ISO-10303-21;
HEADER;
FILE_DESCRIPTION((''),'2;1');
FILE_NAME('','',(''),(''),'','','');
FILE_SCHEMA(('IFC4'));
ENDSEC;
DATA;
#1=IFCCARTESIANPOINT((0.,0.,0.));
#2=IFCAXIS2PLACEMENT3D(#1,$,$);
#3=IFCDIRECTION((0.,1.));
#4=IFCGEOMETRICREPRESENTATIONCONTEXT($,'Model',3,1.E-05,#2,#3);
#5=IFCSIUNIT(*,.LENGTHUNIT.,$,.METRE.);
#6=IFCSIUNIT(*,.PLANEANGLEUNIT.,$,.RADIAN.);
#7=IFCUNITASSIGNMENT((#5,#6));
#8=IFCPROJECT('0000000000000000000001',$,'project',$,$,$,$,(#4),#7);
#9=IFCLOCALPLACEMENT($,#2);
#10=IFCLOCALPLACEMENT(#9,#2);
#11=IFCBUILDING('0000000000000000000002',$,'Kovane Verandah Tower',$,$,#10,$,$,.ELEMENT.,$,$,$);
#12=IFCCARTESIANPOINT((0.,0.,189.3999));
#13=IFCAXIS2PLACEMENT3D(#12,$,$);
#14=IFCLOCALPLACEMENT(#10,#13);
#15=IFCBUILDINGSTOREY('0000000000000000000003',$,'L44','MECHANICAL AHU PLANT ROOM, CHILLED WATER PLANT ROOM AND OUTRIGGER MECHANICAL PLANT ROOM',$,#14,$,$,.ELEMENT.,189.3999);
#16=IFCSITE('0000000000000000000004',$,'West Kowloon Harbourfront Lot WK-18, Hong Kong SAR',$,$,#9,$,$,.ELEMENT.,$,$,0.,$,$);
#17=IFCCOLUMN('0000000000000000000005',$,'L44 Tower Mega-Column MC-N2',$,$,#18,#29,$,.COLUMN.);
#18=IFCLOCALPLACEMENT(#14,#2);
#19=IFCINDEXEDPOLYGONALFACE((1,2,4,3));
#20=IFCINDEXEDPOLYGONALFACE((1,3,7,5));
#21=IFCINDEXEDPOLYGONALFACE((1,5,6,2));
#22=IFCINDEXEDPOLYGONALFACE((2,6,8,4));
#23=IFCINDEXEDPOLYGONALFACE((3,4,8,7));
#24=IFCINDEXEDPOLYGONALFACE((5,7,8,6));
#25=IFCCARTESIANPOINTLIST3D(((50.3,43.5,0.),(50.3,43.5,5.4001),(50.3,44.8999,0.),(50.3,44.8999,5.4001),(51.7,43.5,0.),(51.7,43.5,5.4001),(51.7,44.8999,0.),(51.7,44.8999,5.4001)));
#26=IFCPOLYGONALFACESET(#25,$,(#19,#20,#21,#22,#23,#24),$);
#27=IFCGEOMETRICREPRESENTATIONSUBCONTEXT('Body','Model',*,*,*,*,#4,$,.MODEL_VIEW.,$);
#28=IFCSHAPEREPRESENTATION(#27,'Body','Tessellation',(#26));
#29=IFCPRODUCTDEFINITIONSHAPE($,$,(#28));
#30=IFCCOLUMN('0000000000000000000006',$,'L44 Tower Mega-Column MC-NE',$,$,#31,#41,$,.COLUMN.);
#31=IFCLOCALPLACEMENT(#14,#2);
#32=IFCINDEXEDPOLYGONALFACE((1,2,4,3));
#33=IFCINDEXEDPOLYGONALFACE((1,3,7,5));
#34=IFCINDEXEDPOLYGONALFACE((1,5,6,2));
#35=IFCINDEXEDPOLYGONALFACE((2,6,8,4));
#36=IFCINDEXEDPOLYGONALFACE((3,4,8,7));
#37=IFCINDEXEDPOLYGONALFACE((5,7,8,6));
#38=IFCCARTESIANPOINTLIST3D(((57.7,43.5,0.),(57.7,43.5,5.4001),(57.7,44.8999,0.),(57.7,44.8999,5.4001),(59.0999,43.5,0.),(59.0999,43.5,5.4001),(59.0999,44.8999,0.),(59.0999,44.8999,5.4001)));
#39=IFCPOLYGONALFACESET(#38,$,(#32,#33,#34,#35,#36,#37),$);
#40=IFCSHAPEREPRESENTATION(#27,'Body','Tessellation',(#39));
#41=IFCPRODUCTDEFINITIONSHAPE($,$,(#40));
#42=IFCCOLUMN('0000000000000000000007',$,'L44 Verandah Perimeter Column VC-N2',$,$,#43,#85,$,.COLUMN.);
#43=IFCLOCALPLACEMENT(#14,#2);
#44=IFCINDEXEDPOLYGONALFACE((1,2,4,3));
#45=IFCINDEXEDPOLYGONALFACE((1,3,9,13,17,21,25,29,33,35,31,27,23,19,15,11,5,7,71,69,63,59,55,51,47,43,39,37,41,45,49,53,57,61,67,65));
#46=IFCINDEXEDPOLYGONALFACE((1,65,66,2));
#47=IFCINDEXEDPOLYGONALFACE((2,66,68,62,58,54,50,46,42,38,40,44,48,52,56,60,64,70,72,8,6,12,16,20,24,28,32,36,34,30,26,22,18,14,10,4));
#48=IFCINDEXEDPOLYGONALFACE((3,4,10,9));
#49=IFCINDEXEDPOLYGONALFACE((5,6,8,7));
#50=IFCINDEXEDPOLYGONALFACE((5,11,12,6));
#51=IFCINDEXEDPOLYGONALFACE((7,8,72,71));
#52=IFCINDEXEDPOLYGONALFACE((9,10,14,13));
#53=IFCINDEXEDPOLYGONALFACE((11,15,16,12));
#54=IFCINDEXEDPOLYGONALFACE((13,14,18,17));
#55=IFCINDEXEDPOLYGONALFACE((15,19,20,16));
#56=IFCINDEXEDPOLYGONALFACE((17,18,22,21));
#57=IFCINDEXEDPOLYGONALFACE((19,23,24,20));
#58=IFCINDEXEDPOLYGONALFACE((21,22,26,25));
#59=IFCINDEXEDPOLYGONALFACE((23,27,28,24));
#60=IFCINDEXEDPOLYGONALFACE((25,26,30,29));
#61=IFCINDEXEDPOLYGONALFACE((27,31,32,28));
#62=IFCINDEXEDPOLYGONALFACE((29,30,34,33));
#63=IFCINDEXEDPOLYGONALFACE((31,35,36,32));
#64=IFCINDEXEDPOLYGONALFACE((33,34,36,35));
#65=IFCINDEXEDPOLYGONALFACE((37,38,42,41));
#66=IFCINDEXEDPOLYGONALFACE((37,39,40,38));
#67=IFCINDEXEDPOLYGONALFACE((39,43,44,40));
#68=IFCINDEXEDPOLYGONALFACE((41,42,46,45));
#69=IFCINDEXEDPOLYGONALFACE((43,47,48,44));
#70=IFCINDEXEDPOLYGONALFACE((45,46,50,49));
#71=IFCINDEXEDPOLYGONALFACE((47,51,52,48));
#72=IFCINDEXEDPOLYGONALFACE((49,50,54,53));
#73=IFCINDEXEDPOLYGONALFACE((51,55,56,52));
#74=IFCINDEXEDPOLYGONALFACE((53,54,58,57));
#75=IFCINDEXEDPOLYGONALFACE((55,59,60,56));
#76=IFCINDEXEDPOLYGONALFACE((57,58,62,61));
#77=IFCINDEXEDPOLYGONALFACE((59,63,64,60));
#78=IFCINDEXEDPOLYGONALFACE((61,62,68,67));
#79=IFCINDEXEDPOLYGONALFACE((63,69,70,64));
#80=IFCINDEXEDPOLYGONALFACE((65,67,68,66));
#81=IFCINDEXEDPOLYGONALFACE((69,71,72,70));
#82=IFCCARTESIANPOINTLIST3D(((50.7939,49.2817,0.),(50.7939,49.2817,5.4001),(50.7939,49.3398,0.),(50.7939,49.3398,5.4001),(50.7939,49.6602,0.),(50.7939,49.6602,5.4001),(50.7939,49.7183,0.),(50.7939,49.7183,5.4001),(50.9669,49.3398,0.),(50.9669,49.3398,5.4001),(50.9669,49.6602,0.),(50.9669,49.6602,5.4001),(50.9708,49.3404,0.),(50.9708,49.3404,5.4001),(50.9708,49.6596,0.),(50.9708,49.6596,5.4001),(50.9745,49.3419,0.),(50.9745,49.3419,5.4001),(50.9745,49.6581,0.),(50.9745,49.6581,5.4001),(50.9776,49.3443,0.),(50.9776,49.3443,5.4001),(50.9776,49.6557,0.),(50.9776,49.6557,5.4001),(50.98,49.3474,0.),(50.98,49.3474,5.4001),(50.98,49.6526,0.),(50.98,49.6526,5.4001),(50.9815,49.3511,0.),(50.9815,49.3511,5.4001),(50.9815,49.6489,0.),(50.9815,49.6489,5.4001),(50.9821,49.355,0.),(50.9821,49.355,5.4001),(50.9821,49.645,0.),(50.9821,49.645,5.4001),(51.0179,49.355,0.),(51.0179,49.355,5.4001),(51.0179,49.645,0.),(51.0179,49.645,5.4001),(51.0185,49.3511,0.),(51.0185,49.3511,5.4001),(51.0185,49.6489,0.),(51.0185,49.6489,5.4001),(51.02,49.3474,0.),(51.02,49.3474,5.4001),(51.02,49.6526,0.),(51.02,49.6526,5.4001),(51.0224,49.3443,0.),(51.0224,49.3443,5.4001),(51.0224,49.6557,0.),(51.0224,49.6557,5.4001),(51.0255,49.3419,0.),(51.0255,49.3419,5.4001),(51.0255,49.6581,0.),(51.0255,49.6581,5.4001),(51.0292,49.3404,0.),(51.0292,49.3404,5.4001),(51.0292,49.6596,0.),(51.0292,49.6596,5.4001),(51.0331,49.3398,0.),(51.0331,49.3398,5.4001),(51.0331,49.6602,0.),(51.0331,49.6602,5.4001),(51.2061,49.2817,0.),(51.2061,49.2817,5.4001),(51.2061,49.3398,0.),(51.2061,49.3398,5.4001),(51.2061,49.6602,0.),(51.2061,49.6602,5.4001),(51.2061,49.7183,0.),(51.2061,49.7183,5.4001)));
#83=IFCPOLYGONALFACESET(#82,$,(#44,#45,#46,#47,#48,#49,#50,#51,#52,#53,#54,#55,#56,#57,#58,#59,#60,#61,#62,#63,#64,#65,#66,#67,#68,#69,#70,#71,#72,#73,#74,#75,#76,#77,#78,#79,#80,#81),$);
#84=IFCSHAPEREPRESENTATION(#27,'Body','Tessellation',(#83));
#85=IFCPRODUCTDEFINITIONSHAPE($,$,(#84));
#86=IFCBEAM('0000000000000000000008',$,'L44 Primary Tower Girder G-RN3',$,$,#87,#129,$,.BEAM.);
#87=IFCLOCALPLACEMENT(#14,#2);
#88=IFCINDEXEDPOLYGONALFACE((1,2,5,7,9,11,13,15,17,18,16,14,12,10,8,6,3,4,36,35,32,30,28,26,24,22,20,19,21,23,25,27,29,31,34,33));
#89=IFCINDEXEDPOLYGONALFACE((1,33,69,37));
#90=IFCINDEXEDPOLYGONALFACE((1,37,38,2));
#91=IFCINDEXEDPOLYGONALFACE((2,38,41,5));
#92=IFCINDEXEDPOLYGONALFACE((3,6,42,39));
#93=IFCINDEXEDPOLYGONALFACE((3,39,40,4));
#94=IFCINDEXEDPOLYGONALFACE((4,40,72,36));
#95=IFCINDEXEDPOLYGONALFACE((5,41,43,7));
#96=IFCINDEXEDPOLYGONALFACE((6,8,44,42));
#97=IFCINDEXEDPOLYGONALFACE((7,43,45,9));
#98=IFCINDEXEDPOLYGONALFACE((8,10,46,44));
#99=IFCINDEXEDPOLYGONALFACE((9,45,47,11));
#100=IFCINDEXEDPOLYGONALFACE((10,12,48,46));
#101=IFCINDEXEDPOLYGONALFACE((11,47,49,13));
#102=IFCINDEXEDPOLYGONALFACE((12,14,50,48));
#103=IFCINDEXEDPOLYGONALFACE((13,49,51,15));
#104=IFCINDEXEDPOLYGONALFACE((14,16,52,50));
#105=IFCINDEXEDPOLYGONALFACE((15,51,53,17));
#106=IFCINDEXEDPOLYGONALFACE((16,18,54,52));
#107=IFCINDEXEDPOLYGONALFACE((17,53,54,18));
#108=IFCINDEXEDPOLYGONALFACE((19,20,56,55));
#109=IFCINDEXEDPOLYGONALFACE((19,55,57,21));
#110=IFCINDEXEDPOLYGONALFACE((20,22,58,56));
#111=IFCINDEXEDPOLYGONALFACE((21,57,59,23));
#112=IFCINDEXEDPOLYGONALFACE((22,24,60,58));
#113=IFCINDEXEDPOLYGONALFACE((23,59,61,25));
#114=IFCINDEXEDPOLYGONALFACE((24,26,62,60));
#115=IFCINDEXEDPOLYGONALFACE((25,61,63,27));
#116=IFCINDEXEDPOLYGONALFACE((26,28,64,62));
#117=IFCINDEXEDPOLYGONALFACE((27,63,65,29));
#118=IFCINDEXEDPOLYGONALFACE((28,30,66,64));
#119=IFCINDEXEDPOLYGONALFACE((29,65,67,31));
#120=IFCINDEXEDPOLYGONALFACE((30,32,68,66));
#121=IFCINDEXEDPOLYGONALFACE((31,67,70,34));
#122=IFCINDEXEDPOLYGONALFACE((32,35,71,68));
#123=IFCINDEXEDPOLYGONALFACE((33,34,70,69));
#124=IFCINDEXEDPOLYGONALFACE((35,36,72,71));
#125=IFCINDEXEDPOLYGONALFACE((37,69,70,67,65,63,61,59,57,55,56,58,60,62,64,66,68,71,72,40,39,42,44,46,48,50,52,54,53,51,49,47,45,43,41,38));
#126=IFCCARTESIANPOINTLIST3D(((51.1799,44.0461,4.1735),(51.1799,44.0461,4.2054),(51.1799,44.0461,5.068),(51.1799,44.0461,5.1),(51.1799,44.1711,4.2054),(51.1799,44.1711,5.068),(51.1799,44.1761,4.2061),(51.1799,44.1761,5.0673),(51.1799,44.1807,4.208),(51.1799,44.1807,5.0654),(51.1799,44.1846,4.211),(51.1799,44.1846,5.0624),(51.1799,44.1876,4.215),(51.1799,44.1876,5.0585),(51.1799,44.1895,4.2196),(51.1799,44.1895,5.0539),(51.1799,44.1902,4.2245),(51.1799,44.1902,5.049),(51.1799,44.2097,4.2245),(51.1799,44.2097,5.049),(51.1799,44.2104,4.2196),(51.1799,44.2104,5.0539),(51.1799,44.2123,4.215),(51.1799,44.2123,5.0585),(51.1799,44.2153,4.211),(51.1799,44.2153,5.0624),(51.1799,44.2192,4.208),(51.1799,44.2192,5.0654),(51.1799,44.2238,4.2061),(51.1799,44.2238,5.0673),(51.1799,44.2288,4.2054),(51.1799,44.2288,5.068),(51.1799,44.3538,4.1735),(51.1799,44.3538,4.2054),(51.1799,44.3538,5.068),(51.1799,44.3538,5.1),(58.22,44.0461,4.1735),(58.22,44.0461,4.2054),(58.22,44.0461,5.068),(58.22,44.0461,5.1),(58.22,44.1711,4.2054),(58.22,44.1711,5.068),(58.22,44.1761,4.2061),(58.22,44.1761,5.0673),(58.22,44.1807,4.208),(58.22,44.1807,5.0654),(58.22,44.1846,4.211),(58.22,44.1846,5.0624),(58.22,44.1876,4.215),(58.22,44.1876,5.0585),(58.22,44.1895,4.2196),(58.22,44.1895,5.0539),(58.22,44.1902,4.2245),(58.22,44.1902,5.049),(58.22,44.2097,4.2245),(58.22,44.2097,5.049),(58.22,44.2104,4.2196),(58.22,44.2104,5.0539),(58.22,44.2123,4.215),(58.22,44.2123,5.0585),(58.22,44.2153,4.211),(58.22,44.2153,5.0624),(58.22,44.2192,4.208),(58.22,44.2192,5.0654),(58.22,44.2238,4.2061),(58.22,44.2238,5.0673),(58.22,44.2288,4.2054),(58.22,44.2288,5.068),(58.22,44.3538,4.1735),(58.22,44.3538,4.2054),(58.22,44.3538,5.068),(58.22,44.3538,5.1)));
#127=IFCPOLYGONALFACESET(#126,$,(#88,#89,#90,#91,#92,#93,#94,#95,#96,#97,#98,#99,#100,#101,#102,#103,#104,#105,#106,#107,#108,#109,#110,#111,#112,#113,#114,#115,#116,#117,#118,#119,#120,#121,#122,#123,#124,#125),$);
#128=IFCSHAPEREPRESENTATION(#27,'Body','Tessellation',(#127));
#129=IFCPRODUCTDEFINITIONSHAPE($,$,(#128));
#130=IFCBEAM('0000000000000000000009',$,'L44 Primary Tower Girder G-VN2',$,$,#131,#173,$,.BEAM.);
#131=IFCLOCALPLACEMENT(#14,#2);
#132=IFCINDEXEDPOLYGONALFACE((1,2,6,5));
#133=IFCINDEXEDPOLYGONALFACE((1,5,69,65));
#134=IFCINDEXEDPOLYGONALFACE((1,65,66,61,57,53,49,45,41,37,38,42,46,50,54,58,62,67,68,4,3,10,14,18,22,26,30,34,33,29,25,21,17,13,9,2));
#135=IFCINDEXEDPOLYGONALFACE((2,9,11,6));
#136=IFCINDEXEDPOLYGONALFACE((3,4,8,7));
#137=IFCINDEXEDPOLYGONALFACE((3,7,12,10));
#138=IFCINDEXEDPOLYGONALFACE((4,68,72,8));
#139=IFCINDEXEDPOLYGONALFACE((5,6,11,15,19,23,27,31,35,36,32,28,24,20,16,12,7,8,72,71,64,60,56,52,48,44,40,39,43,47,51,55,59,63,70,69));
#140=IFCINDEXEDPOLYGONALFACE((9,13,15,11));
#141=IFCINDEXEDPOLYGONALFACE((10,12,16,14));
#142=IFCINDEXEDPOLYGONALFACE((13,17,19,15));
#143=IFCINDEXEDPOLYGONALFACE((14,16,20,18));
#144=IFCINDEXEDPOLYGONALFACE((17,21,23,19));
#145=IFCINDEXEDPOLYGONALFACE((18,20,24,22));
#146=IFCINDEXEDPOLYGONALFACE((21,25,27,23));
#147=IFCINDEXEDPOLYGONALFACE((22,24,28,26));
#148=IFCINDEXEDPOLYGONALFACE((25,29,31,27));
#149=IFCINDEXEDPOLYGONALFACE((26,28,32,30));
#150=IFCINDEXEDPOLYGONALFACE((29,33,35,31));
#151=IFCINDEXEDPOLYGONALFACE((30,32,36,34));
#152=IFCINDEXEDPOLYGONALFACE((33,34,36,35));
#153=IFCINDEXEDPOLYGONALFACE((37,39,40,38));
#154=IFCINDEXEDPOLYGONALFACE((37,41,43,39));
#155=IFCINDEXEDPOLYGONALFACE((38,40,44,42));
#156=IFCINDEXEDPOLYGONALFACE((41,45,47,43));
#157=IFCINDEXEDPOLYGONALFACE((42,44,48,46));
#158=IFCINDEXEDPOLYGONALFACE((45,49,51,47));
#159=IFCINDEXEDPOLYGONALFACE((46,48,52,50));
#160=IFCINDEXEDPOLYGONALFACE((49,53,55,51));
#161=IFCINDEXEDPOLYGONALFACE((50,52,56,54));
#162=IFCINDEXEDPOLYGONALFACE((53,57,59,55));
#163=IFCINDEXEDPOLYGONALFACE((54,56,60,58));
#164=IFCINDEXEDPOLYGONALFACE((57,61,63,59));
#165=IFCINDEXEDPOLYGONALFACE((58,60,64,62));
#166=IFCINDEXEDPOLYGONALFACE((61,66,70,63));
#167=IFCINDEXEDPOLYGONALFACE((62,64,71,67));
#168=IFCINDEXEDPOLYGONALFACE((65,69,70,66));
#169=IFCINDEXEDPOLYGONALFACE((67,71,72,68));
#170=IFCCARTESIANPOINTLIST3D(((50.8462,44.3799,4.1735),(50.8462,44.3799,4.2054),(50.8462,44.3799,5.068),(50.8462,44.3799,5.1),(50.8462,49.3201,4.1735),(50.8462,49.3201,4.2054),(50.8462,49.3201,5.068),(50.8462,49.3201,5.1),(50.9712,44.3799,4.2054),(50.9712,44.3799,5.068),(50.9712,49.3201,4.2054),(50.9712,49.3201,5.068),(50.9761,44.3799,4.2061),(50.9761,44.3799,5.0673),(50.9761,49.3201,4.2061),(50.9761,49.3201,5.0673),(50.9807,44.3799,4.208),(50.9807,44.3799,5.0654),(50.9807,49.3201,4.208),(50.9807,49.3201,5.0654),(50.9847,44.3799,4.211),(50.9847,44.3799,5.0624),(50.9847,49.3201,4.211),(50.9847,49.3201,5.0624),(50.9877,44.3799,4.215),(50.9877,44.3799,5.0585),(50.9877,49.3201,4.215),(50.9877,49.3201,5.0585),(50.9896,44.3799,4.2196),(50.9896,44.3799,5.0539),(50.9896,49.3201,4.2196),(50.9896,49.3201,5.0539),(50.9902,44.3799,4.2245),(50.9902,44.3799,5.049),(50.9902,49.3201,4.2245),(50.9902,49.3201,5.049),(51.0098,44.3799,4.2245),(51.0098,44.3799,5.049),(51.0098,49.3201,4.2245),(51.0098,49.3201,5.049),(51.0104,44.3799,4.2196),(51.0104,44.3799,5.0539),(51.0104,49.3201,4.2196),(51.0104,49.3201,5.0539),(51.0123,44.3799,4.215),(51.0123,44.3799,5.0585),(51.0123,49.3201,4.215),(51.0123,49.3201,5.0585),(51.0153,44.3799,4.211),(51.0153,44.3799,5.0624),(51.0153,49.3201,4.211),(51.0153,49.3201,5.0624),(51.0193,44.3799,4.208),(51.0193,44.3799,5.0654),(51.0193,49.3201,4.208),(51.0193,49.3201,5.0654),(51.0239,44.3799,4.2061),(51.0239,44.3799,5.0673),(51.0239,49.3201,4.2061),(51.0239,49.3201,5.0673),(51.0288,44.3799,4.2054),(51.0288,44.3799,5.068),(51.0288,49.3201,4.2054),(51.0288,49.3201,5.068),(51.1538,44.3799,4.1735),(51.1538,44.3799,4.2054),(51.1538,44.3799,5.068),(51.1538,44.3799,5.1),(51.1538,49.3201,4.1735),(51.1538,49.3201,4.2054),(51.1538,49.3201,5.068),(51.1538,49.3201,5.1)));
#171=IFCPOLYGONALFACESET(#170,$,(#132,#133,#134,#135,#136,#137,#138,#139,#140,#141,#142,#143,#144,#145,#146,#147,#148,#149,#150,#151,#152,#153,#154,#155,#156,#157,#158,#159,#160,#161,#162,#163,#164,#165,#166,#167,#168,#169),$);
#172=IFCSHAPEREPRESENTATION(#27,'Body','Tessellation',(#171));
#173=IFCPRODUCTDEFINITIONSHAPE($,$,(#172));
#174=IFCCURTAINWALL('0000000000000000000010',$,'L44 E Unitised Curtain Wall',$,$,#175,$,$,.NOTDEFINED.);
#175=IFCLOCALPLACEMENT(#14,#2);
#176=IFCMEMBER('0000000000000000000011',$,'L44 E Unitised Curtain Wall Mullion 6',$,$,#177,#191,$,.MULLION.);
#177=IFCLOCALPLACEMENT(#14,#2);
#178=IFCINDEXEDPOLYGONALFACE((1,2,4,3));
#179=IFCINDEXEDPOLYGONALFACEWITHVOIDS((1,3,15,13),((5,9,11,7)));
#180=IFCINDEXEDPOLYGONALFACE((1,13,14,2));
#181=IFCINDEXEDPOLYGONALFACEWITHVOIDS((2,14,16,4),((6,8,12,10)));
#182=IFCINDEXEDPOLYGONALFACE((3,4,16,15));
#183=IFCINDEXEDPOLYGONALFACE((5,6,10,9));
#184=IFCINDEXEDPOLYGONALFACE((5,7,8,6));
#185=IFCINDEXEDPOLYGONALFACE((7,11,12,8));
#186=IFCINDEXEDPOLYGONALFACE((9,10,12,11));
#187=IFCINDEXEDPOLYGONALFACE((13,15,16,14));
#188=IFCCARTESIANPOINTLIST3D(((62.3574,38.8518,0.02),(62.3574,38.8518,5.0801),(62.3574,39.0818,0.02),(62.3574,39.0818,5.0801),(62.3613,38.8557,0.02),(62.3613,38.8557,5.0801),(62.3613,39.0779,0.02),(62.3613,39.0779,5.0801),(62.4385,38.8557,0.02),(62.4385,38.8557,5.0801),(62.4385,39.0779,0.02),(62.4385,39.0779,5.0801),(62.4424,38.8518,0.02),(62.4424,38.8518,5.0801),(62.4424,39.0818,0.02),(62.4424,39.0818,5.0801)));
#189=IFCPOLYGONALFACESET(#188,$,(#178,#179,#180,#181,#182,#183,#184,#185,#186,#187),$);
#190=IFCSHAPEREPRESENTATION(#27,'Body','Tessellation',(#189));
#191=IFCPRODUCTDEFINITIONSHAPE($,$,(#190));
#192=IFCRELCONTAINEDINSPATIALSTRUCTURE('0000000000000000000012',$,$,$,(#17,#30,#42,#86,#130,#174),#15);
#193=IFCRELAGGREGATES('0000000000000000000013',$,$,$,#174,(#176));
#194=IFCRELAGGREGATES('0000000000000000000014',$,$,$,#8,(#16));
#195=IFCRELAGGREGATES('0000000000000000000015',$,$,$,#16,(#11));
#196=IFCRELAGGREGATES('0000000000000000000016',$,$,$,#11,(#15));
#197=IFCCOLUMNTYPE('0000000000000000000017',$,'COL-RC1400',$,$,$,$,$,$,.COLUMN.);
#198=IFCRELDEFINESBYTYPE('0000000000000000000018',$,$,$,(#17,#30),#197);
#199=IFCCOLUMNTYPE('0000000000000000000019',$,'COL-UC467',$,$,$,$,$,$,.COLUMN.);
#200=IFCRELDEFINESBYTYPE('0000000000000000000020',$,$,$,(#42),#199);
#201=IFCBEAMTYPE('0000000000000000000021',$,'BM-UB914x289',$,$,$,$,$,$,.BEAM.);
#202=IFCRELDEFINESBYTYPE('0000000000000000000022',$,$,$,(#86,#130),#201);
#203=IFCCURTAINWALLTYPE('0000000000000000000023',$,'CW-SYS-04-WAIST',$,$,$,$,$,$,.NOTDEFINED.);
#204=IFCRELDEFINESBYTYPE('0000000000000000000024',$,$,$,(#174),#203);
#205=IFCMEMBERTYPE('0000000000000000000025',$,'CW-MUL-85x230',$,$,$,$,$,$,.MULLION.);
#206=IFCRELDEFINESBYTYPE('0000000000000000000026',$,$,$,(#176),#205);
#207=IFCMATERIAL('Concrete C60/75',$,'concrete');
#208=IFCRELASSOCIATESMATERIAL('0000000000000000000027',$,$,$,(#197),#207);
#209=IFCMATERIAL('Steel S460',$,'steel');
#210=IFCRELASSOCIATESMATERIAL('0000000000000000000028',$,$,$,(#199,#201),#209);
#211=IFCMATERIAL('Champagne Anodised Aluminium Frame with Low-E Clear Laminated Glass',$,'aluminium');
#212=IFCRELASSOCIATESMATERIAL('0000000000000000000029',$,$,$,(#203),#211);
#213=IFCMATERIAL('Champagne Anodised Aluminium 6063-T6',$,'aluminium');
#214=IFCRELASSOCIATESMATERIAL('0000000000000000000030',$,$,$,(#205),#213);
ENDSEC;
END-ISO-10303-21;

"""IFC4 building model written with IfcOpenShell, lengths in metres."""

from ifc_helpers import new_model, si_unit, direction, frame, origin, origin_2d, place, context, subcontext, project, spatial, rectangle, hollow_rectangle, i_section, extrude, material, material_profile, profile_set, type_object, element, aggregate, save


model = new_model("IFC4")

# Units and contexts
model_context = context("Model", 3, precision=1e-05, world=origin(), true_north=direction((0.0, 1.0)))
body_context = subcontext(model_context, "Body", "Model", "MODEL_VIEW")
ifc_project = project(units=[si_unit("LENGTHUNIT", "METRE"), si_unit("PLANEANGLEUNIT", "RADIAN")], contexts=[model_context])

# Site, building, storey
site_placement = place(None, origin())
site = spatial("IfcSite", under=ifc_project, at=site_placement, Name="West Kowloon Harbourfront Lot WK-18, Hong Kong SAR", CompositionType="ELEMENT", RefElevation=0.0)
building_placement = place(site_placement, origin())
building = spatial("IfcBuilding", under=site, at=building_placement, Name="Kovane Verandah Tower", CompositionType="ELEMENT")
storey_placement = place(building_placement, frame((0.0, 0.0, 189.3999)))
storey = spatial("IfcBuildingStorey", under=building, at=storey_placement, Name="L44", Description="MECHANICAL AHU PLANT ROOM, CHILLED WATER PLANT ROOM AND OUTRIGGER MECHANICAL PLANT ROOM", CompositionType="ELEMENT", Elevation=189.3999)

# Columns
ifc_material_1 = material(Name="Concrete C60/75", Category="concrete")
ifc_material_profile_1 = material_profile(ifc_material_1, rectangle(XDim=1.3999, YDim=1.3999, at=origin_2d()), Name="RC1400x1400")
ifc_profile_set_1 = profile_set([ifc_material_profile_1], Name="Concrete C60/75")
column_type_1 = type_object("IfcColumnType", Name="COL-RC1400", PredefinedType="COLUMN", material=ifc_profile_set_1)
for number, where, z_axis, x_axis, name in (
    (1, (51.0, 44.2, 0.0), (0.0, 0.0, 1.0), (1.0, 0.0, 0.0), "L44 Tower Mega-Column MC-N2"),
    (2, (58.3999, 44.2, 0.0), (0.0, 0.0, 1.0), (1.0, 0.0, 0.0), "L44 Tower Mega-Column MC-NE"),
):
    element("IfcColumn", number, at=place(storey_placement, frame(where, z_axis=z_axis, x_axis=x_axis)), inside=storey, type_object=column_type_1, Name=name, PredefinedType="COLUMN", context=body_context, shape_type="SweptSolid", body=[
        extrude(rectangle(XDim=1.3999, YDim=1.3999, at=origin_2d()), origin(), (0.0, 0.0, 1.0), 5.4001),
    ])
ifc_material_2 = material(Name="Steel S460", Category="steel")
ifc_material_profile_2 = material_profile(ifc_material_2, i_section(OverallWidth=0.4121, OverallDepth=0.4365, WebThickness=0.0359, FlangeThickness=0.0581, FilletRadius=0.0151, at=origin_2d()), Name="UC356x406x467")
ifc_profile_set_2 = profile_set([ifc_material_profile_2], Name="Steel S460")
column_type_2 = type_object("IfcColumnType", Name="COL-UC467", PredefinedType="COLUMN", material=ifc_profile_set_2)
column_placement = place(storey_placement, frame((51.0, 49.5, 0.0), z_axis=(0.0, 0.0, 1.0), x_axis=(1.0, 0.0, 0.0)))
element("IfcColumn", 3, at=column_placement, inside=storey, type_object=column_type_2, Name="L44 Verandah Perimeter Column VC-N2", PredefinedType="COLUMN", context=body_context, shape_type="SweptSolid", body=[
    extrude(i_section(OverallWidth=0.4121, OverallDepth=0.4365, WebThickness=0.0359, FlangeThickness=0.0581, FilletRadius=0.0151, at=origin_2d()), origin(), (0.0, 0.0, 1.0), 5.4001),
])

# Beams
ifc_material_profile_3 = material_profile(ifc_material_2, i_section(OverallWidth=0.3076, OverallDepth=0.9265, WebThickness=0.0195, FlangeThickness=0.032, FilletRadius=0.019, at=origin_2d()), Name="UB914x305x289")
ifc_profile_set_3 = profile_set([ifc_material_profile_3], Name="Steel S460")
beam_type = type_object("IfcBeamType", Name="BM-UB914x289", PredefinedType="BEAM", material=ifc_profile_set_3)
beam_1_placement = place(storey_placement, frame((51.1799, 44.2, 4.6367), z_axis=(1.0, 0.0, 0.0), x_axis=(0.0, 1.0, 0.0)))
element("IfcBeam", 4, at=beam_1_placement, inside=storey, type_object=beam_type, Name="L44 Primary Tower Girder G-RN3", PredefinedType="BEAM", context=body_context, shape_type="SweptSolid", body=[
    extrude(i_section(OverallWidth=0.3076, OverallDepth=0.9265, WebThickness=0.0195, FlangeThickness=0.032, FilletRadius=0.019, at=origin_2d()), origin(), (0.0, 0.0, 1.0), 7.04),
])
beam_2_placement = place(storey_placement, frame((51.0, 44.3799, 4.6367), z_axis=(0.0, 1.0, 0.0), x_axis=(-1.0, 0.0, 0.0)))
element("IfcBeam", 5, at=beam_2_placement, inside=storey, type_object=beam_type, Name="L44 Primary Tower Girder G-VN2", PredefinedType="BEAM", context=body_context, shape_type="SweptSolid", body=[
    extrude(i_section(OverallWidth=0.3076, OverallDepth=0.9265, WebThickness=0.0195, FlangeThickness=0.032, FilletRadius=0.019, at=origin_2d()), origin(), (0.0, 0.0, 1.0), 4.9402),
])

# Curtain wall, member
ifc_material_3 = material(Name="Champagne Anodised Aluminium Frame with Low-E Clear Laminated Glass", Category="aluminium")
curtain_wall_type = type_object("IfcCurtainWallType", Name="CW-SYS-04-WAIST", PredefinedType="NOTDEFINED", material=ifc_material_3)
curtain_wall_1_placement = place(storey_placement, origin())
curtain_wall_1 = element("IfcCurtainWall", 6, at=curtain_wall_1_placement, inside=storey, type_object=curtain_wall_type, Name="L44 E Unitised Curtain Wall", PredefinedType="NOTDEFINED")
ifc_material_4 = material(Name="Champagne Anodised Aluminium 6063-T6", Category="aluminium")
ifc_material_profile_4 = material_profile(ifc_material_4, hollow_rectangle(XDim=0.085, YDim=0.23, WallThickness=0.0039, at=origin_2d()), Name="AL85x230x4")
ifc_profile_set_4 = profile_set([ifc_material_profile_4], Name="Champagne Anodised Aluminium 6063-T6")
member_type_1 = type_object("IfcMemberType", Name="CW-MUL-85x230", PredefinedType="MULLION", material=ifc_profile_set_4)
member_1_placement = place(storey_placement, frame((62.3999, 38.9668, 0.02), z_axis=(0.0, 0.0, 1.0), x_axis=(1.0, 0.0, 0.0)))
member_1 = element("IfcMember", 7, at=member_1_placement, type_object=member_type_1, Name="L44 E Unitised Curtain Wall Mullion 6", PredefinedType="MULLION", context=body_context, shape_type="SweptSolid", body=[
    extrude(hollow_rectangle(XDim=0.085, YDim=0.23, WallThickness=0.0039, at=origin_2d()), origin(), (0.0, 0.0, 1.0), 5.0601),
])

aggregate(curtain_wall_1, [member_1])

save(model, "model.ifc")
